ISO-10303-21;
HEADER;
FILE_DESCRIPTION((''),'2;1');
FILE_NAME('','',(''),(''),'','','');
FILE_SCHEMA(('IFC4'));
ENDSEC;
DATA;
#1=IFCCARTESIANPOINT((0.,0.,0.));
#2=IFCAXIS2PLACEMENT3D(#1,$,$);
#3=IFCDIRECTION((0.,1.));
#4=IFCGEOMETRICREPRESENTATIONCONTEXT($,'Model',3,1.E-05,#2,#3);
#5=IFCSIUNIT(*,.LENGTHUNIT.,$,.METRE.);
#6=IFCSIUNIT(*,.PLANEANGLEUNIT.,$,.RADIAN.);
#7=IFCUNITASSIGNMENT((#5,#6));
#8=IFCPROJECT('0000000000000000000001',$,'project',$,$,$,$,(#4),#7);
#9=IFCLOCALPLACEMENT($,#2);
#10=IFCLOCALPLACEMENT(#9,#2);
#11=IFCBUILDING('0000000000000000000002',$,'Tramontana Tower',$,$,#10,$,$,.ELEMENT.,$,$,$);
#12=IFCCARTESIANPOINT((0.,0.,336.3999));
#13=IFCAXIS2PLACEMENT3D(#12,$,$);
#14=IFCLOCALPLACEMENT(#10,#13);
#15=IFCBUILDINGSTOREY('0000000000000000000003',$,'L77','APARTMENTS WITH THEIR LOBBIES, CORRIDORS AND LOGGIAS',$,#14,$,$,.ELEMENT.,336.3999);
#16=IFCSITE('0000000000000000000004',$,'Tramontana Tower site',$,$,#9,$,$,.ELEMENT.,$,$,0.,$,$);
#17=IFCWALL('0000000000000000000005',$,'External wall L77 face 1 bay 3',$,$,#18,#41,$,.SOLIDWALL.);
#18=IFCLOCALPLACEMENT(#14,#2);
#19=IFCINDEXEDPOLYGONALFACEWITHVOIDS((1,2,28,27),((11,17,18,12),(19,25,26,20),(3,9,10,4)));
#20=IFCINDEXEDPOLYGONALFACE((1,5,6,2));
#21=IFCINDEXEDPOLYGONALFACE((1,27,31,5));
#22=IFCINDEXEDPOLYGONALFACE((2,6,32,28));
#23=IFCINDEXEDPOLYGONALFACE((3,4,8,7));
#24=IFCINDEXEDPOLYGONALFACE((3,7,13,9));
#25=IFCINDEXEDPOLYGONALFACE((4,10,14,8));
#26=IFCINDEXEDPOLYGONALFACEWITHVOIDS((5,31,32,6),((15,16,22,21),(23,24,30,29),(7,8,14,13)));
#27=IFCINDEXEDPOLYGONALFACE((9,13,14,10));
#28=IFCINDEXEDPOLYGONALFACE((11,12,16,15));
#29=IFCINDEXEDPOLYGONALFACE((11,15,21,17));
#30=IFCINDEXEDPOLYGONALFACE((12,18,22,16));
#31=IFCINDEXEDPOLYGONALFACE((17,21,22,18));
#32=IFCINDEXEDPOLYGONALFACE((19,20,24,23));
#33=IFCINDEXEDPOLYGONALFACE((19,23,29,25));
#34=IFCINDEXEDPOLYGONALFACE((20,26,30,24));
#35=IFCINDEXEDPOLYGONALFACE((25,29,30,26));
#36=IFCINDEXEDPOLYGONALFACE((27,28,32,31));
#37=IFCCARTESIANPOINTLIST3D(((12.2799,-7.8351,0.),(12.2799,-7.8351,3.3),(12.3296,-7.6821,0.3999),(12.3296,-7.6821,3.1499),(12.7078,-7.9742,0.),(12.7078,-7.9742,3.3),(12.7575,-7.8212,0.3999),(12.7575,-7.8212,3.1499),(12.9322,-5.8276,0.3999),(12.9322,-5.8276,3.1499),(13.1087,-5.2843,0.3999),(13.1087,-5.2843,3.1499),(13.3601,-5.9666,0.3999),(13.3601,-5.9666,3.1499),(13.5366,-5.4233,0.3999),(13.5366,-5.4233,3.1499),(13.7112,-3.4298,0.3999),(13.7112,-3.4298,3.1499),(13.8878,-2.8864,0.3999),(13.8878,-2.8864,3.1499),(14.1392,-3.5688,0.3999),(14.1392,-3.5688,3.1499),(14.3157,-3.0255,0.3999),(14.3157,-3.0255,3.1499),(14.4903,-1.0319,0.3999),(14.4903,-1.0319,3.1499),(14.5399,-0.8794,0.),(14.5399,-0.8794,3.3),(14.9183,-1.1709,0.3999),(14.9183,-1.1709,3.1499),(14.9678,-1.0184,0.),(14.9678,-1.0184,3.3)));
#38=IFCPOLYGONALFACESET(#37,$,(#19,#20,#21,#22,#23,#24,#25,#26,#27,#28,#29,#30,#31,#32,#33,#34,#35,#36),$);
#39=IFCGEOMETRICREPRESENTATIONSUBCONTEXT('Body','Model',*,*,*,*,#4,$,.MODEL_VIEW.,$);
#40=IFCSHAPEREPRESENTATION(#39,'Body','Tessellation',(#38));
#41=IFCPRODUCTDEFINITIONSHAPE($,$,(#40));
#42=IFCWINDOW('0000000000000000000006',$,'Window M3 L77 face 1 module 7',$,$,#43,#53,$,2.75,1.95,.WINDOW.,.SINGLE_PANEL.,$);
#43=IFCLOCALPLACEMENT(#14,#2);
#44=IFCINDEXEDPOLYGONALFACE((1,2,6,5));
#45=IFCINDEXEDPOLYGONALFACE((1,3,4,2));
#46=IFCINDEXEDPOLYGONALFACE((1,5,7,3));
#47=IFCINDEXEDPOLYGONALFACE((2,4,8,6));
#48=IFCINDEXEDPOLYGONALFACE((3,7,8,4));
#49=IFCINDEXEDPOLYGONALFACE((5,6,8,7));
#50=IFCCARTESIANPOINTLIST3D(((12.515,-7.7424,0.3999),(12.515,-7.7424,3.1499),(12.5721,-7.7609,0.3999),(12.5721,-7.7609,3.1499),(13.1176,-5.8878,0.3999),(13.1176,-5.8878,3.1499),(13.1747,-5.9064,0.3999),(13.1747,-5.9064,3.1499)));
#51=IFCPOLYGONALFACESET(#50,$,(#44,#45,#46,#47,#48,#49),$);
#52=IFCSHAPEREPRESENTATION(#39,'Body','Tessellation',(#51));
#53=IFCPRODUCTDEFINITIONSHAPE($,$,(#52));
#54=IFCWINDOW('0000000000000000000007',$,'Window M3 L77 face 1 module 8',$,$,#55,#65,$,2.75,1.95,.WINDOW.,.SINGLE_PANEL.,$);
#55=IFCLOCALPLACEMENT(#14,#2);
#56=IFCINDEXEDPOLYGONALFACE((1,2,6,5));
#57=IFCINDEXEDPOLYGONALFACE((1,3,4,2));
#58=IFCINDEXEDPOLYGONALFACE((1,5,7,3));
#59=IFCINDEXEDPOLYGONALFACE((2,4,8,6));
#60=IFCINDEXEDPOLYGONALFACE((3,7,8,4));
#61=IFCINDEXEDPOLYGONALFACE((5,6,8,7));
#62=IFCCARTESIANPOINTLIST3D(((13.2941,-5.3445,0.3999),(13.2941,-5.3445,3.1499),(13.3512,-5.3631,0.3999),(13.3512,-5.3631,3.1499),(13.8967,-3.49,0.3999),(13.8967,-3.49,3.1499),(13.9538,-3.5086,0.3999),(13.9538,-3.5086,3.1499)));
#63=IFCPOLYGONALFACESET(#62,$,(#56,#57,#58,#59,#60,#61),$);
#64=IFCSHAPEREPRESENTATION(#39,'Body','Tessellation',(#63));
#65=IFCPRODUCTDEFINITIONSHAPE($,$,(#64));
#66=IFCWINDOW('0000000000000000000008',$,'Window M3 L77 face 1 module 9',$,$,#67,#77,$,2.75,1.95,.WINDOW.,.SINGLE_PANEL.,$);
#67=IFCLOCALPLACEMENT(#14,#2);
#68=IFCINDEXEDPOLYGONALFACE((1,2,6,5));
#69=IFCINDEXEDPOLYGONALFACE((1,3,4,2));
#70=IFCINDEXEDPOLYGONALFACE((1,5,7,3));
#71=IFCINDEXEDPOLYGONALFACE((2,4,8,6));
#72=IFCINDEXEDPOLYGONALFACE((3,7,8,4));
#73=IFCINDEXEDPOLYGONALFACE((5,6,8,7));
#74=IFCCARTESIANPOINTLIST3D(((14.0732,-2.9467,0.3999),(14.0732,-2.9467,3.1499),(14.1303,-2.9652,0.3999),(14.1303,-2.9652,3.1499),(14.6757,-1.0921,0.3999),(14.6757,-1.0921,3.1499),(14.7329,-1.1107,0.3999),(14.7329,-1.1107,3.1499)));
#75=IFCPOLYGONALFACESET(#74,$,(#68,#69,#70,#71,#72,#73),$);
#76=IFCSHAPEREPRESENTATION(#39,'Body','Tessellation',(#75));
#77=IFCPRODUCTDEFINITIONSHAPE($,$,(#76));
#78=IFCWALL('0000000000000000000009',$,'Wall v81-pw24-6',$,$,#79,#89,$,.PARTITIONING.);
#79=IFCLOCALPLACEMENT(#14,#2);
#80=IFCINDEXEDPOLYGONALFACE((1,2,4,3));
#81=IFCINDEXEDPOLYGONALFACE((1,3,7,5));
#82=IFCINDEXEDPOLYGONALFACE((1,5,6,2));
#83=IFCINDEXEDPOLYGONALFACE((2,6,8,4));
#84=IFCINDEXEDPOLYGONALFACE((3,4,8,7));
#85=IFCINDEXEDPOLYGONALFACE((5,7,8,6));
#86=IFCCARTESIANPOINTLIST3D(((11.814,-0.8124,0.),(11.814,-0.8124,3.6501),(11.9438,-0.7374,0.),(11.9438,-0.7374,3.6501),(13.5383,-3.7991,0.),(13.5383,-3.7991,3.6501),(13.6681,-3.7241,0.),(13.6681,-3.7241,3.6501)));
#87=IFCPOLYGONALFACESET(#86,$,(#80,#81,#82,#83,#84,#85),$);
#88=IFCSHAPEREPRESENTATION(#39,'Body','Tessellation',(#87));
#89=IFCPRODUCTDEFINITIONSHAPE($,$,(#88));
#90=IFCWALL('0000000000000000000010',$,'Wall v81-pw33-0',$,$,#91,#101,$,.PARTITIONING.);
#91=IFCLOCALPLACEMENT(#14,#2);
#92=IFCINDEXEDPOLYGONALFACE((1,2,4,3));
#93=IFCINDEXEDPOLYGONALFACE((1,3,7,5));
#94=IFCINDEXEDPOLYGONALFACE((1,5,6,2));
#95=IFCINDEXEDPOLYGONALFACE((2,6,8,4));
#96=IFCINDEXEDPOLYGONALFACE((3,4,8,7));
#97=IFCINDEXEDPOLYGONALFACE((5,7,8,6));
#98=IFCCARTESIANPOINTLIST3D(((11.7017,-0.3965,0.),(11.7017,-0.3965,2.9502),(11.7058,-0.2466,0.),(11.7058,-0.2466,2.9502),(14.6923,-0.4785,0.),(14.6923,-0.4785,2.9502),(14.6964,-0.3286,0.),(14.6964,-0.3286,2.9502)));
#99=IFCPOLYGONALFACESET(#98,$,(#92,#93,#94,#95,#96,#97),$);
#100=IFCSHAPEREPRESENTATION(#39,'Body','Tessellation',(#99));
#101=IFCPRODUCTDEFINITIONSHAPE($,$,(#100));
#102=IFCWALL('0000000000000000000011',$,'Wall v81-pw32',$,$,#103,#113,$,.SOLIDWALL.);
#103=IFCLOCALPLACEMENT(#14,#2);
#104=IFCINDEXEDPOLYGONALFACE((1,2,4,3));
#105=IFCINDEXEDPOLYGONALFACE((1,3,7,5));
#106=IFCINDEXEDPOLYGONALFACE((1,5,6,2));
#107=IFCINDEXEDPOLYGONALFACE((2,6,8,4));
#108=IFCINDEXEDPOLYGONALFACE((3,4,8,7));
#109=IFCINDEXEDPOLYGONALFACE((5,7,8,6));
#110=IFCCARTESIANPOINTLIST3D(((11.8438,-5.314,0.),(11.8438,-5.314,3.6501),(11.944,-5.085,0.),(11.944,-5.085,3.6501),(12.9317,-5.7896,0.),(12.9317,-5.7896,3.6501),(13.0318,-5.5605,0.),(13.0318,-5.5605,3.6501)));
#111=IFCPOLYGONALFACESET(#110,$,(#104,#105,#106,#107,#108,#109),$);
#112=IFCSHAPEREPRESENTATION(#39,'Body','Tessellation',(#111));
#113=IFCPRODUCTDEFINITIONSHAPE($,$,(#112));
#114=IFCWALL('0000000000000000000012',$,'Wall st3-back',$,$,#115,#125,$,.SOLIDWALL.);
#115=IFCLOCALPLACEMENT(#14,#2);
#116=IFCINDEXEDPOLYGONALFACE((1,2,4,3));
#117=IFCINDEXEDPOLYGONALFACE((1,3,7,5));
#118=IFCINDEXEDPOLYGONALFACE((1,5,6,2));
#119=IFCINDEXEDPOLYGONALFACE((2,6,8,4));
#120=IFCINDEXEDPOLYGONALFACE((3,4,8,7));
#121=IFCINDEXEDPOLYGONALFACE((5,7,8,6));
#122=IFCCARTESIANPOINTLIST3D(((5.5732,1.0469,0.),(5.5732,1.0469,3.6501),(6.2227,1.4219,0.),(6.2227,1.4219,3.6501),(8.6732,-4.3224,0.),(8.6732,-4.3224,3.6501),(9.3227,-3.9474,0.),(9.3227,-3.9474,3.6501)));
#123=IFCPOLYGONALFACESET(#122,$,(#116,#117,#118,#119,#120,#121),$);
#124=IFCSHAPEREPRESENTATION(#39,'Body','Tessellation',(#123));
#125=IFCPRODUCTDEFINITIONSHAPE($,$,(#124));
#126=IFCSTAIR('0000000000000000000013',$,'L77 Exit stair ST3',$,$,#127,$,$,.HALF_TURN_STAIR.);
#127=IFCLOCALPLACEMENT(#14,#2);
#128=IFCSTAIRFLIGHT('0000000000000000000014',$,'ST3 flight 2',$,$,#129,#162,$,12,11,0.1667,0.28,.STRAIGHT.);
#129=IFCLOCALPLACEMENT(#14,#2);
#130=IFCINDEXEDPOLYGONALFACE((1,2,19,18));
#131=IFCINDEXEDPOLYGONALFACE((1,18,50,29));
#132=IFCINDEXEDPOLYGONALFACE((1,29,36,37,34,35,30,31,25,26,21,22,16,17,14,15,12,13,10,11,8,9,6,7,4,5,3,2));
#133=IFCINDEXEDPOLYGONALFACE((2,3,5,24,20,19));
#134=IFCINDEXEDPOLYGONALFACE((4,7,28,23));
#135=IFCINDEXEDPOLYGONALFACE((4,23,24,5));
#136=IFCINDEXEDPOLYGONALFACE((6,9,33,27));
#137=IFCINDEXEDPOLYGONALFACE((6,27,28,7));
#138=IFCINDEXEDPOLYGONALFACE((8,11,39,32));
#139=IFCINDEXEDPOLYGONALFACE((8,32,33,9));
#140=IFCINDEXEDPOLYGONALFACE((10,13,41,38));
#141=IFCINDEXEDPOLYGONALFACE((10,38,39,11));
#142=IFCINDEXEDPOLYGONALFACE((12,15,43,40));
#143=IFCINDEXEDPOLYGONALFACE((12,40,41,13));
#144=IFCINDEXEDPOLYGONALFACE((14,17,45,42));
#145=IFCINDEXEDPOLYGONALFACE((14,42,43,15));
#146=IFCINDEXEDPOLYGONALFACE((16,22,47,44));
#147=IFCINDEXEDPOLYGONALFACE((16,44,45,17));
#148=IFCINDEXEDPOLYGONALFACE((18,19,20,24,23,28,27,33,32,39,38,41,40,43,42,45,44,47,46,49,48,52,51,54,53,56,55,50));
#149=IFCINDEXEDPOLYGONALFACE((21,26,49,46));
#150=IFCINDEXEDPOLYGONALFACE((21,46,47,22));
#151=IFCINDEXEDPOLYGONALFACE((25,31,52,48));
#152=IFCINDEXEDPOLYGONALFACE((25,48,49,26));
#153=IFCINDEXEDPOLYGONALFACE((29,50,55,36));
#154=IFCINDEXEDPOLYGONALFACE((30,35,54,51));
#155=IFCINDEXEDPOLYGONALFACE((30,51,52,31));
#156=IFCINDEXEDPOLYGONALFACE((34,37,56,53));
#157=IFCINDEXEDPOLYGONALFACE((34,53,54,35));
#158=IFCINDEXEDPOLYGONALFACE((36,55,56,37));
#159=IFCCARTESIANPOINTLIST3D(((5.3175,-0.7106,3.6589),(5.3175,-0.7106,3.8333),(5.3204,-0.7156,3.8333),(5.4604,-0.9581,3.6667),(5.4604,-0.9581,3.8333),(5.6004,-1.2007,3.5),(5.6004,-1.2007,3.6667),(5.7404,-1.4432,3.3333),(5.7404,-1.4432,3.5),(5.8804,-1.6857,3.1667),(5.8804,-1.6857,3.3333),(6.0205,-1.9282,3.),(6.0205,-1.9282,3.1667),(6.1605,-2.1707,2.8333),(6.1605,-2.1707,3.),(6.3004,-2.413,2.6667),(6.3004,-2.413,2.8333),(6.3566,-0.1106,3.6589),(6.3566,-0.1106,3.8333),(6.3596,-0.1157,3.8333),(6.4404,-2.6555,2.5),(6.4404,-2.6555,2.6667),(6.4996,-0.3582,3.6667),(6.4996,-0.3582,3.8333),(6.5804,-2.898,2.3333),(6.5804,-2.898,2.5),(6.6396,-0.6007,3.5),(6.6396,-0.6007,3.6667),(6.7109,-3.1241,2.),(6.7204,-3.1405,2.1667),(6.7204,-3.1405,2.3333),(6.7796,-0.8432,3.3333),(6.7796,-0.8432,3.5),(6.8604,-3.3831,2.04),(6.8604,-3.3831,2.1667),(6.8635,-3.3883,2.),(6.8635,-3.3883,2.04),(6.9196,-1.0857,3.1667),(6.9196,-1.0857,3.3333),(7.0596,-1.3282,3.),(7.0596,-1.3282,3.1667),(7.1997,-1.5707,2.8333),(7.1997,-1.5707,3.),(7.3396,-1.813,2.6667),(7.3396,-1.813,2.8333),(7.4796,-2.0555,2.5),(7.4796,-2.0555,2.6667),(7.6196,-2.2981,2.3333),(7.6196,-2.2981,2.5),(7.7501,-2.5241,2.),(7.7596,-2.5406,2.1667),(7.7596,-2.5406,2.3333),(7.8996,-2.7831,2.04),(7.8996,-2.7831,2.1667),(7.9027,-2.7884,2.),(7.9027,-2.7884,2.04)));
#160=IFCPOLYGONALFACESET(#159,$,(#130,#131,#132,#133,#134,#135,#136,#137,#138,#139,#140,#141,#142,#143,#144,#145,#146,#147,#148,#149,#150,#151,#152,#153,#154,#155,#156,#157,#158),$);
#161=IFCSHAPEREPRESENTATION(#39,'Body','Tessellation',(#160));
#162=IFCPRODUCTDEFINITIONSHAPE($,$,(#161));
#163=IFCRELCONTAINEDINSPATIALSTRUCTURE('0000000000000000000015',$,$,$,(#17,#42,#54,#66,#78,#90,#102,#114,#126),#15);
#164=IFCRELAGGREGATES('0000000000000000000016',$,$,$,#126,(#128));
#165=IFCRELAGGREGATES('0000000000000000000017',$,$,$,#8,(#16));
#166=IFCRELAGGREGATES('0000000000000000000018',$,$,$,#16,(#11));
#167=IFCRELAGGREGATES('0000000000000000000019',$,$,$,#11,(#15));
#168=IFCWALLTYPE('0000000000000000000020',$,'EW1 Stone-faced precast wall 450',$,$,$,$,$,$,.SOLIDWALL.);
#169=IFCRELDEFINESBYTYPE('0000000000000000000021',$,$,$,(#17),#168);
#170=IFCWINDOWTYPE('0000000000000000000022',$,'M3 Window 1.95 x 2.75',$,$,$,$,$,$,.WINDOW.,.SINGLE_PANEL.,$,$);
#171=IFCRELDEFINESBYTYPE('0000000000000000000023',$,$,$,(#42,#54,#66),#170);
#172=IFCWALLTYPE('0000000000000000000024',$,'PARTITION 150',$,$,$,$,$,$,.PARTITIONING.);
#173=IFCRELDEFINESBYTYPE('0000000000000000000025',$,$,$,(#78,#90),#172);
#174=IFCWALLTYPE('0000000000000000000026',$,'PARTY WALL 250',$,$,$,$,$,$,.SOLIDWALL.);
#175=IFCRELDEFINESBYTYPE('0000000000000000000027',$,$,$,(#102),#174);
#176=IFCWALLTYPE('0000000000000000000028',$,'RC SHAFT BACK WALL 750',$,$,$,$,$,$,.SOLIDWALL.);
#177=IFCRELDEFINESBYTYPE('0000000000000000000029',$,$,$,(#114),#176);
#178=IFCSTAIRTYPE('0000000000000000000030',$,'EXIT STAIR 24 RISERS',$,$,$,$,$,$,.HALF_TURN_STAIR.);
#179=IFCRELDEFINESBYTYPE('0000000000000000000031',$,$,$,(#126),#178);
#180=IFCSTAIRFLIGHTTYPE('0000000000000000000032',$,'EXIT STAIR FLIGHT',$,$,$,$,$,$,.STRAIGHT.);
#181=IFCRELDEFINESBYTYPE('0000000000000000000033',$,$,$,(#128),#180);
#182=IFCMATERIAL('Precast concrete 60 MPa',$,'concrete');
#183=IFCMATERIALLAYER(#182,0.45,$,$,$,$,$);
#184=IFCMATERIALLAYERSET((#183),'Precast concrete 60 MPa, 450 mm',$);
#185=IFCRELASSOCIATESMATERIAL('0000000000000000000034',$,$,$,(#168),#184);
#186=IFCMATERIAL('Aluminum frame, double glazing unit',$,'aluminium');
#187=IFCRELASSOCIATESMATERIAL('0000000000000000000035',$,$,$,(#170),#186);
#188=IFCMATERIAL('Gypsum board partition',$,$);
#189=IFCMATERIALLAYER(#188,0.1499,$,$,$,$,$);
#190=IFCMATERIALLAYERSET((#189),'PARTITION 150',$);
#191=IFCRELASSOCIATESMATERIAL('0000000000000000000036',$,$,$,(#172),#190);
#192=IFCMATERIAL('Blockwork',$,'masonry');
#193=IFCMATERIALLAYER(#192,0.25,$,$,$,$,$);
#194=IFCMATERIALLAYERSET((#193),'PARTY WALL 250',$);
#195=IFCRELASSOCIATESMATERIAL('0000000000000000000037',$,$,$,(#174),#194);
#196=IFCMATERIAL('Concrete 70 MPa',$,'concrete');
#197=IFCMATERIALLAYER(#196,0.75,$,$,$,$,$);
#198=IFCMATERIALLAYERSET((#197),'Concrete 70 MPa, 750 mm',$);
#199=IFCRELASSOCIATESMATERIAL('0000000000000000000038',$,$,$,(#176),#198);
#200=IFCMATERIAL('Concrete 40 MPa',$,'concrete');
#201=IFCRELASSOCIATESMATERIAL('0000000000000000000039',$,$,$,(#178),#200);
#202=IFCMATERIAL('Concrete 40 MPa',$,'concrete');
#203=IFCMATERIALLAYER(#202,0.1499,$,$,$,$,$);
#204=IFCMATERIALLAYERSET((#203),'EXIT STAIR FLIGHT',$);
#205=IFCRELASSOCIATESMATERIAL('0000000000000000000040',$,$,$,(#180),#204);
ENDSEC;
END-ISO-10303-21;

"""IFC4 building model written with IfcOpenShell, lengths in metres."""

from ifc_helpers import new_model, si_unit, direction, frame, frame_2d, origin, place, context, subcontext, project, spatial, polyline, rectangle, outline, extrude, material, layer, layer_set, type_object, element, fill, aggregate, save


model = new_model("IFC4")

# Units and contexts
model_context = context("Model", 3, precision=1e-05, world=origin(), true_north=direction((0.0, 1.0)))
body_context = subcontext(model_context, "Body", "Model", "MODEL_VIEW")
ifc_project = project(units=[si_unit("LENGTHUNIT", "METRE"), si_unit("PLANEANGLEUNIT", "RADIAN")], contexts=[model_context])

# Site, building, storey
site_placement = place(None, origin())
site = spatial("IfcSite", under=ifc_project, at=site_placement, Name="Tramontana Tower site", CompositionType="ELEMENT", RefElevation=0.0)
building_placement = place(site_placement, origin())
building = spatial("IfcBuilding", under=site, at=building_placement, Name="Tramontana Tower", CompositionType="ELEMENT")
storey_placement = place(building_placement, frame((0.0, 0.0, 336.3999)))
storey = spatial("IfcBuildingStorey", under=building, at=storey_placement, Name="L77", Description="APARTMENTS WITH THEIR LOBBIES, CORRIDORS AND LOGGIAS", CompositionType="ELEMENT", Elevation=336.3999)

# Wall, openings, windows
ifc_material_1 = material(Name="Precast concrete 60 MPa", Category="concrete")
ifc_layer_1 = layer(ifc_material_1, 0.45)
ifc_layer_set_1 = layer_set([ifc_layer_1], Name="Precast concrete 60 MPa, 450 mm")
wall_type_1 = type_object("IfcWallType", Name="EW1 Stone-faced precast wall 450", PredefinedType="SOLIDWALL", material=ifc_layer_set_1)
wall_1_placement = place(storey_placement, frame((12.4939, -7.9045, 0.0), z_axis=(0.0, 0.0, 1.0), x_axis=(0.309008, 0.951059, 0.0)))
wall_1 = element("IfcWall", 1, at=wall_1_placement, inside=storey, type_object=wall_type_1, Name="External wall L77 face 1 bay 3", PredefinedType="SOLIDWALL", context=body_context, shape_type="SweptSolid", body=[
    extrude(rectangle(XDim=7.3137, YDim=0.45, at=frame_2d((3.6567, 0.0))), origin(), (0.0, 0.0, 1.0), 3.3),
])
opening_1_placement = place(wall_1_placement, frame((0.1606, 0.0, 0.3999)))
opening_1 = element("IfcOpeningElement", 2, at=opening_1_placement, cuts=wall_1, PredefinedType="OPENING", context=body_context, shape_type="SweptSolid", body=[
    extrude(rectangle(XDim=1.95, YDim=2.75, at=frame_2d((0.9751, 1.375))), frame((0.0, 0.2349, 0.0), z_axis=(0.0, -1.0, 0.0), x_axis=(1.0, 0.0, 0.0)), (0.0, 0.0, 1.0), 0.47),
])
opening_2_placement = place(wall_1_placement, frame((2.6819, 0.0, 0.3999)))
opening_2 = element("IfcOpeningElement", 3, at=opening_2_placement, cuts=wall_1, PredefinedType="OPENING", context=body_context, shape_type="SweptSolid", body=[
    extrude(rectangle(XDim=1.95, YDim=2.75, at=frame_2d((0.9751, 1.375))), frame((0.0, 0.2349, 0.0), z_axis=(0.0, -1.0, 0.0), x_axis=(1.0, 0.0, 0.0)), (0.0, 0.0, 1.0), 0.47),
])
opening_3_placement = place(wall_1_placement, frame((5.2031, 0.0, 0.3999)))
opening_3 = element("IfcOpeningElement", 4, at=opening_3_placement, cuts=wall_1, PredefinedType="OPENING", context=body_context, shape_type="SweptSolid", body=[
    extrude(rectangle(XDim=1.95, YDim=2.75, at=frame_2d((0.9751, 1.375))), frame((0.0, 0.2349, 0.0), z_axis=(0.0, -1.0, 0.0), x_axis=(1.0, 0.0, 0.0)), (0.0, 0.0, 1.0), 0.47),
])
ifc_material_2 = material(Name="Aluminum frame, double glazing unit", Category="aluminium")
window_type = type_object("IfcWindowType", Name="M3 Window 1.95 x 2.75", PartitioningType="SINGLE_PANEL", PredefinedType="WINDOW", material=ifc_material_2)
window_1_placement = place(opening_1_placement, origin())
window_1 = element("IfcWindow", 5, at=window_1_placement, inside=storey, type_object=window_type, Name="Window M3 L77 face 1 module 7", OverallHeight=2.75, OverallWidth=1.95, PartitioningType="SINGLE_PANEL", PredefinedType="WINDOW", context=body_context, shape_type="SweptSolid", body=[
    extrude(rectangle(XDim=1.95, YDim=2.75, at=frame_2d((0.9751, 1.375))), frame((0.0, 0.03, 0.0), z_axis=(0.0, -1.0, 0.0), x_axis=(1.0, 0.0, 0.0)), (0.0, 0.0, 1.0), 0.0601),
])
fill(opening_1, window_1)
window_2_placement = place(opening_2_placement, origin())
window_2 = element("IfcWindow", 6, at=window_2_placement, inside=storey, type_object=window_type, Name="Window M3 L77 face 1 module 8", OverallHeight=2.75, OverallWidth=1.95, PartitioningType="SINGLE_PANEL", PredefinedType="WINDOW", context=body_context, shape_type="SweptSolid", body=[
    extrude(rectangle(XDim=1.95, YDim=2.75, at=frame_2d((0.9751, 1.375))), frame((0.0, 0.03, 0.0), z_axis=(0.0, -1.0, 0.0), x_axis=(1.0, 0.0, 0.0)), (0.0, 0.0, 1.0), 0.0601),
])
fill(opening_2, window_2)
window_3_placement = place(opening_3_placement, origin())
window_3 = element("IfcWindow", 7, at=window_3_placement, inside=storey, type_object=window_type, Name="Window M3 L77 face 1 module 9", OverallHeight=2.75, OverallWidth=1.95, PartitioningType="SINGLE_PANEL", PredefinedType="WINDOW", context=body_context, shape_type="SweptSolid", body=[
    extrude(rectangle(XDim=1.95, YDim=2.75, at=frame_2d((0.9751, 1.375))), frame((0.0, 0.03, 0.0), z_axis=(0.0, -1.0, 0.0), x_axis=(1.0, 0.0, 0.0)), (0.0, 0.0, 1.0), 0.0601),
])
fill(opening_3, window_3)

# Walls
ifc_material_3 = material(Name="Gypsum board partition")
ifc_layer_2 = layer(ifc_material_3, 0.1499)
ifc_layer_set_2 = layer_set([ifc_layer_2], Name="PARTITION 150")
wall_type_2 = type_object("IfcWallType", Name="PARTITION 150", PredefinedType="PARTITIONING", material=ifc_layer_set_2)
wall_2_placement = place(storey_placement, frame((11.8789, -0.7749, 0.0), z_axis=(0.0, 0.0, 1.0), x_axis=(0.499984, -0.866035, 0.0)))
element("IfcWall", 8, at=wall_2_placement, inside=storey, type_object=wall_type_2, Name="Wall v81-pw24-6", PredefinedType="PARTITIONING", context=body_context, shape_type="SweptSolid", body=[
    extrude(rectangle(XDim=3.4487, YDim=0.1499, at=frame_2d((1.7244, 0.0))), origin(), (0.0, 0.0, 1.0), 3.6501),
])
wall_3_placement = place(storey_placement, frame((14.6943, -0.4036, 0.0), z_axis=(0.0, 0.0, 1.0), x_axis=(-0.999624, 0.02742, 0.0)))
element("IfcWall", 9, at=wall_3_placement, inside=storey, type_object=wall_type_2, Name="Wall v81-pw33-0", PredefinedType="PARTITIONING", context=body_context, shape_type="SweptSolid", body=[
    extrude(rectangle(XDim=2.9917, YDim=0.1499, at=frame_2d((1.4958, 0.0))), origin(), (0.0, 0.0, 1.0), 2.9502),
])
ifc_material_4 = material(Name="Blockwork", Category="masonry")
ifc_layer_3 = layer(ifc_material_4, 0.25)
ifc_layer_set_3 = layer_set([ifc_layer_3], Name="PARTY WALL 250")
wall_type_3 = type_object("IfcWallType", Name="PARTY WALL 250", PredefinedType="SOLIDWALL", material=ifc_layer_set_3)
wall_4_placement = place(storey_placement, frame((11.8938, -5.1995, 0.0), z_axis=(0.0, 0.0, 1.0), x_axis=(0.916271, -0.40056, 0.0)))
element("IfcWall", 10, at=wall_4_placement, inside=storey, type_object=wall_type_3, Name="Wall v81-pw32", PredefinedType="SOLIDWALL", context=body_context, shape_type="SweptSolid", body=[
    extrude(rectangle(XDim=1.1873, YDim=0.25, at=frame_2d((0.5938, 0.0))), origin(), (0.0, 0.0, 1.0), 3.6501),
])
ifc_material_5 = material(Name="Concrete 70 MPa", Category="concrete")
ifc_layer_4 = layer(ifc_material_5, 0.75)
ifc_layer_set_4 = layer_set([ifc_layer_4], Name="Concrete 70 MPa, 750 mm")
wall_type_4 = type_object("IfcWallType", Name="RC SHAFT BACK WALL 750", PredefinedType="SOLIDWALL", material=ifc_layer_set_4)
wall_5_placement = place(storey_placement, frame((8.998, -4.135, 0.0), z_axis=(0.0, 0.0, 1.0), x_axis=(-0.50001, 0.86602, 0.0)))
element("IfcWall", 11, at=wall_5_placement, inside=storey, type_object=wall_type_4, Name="Wall st3-back", PredefinedType="SOLIDWALL", context=body_context, shape_type="SweptSolid", body=[
    extrude(rectangle(XDim=6.2, YDim=0.75, at=frame_2d((3.1001, 0.0))), origin(), (0.0, 0.0, 1.0), 3.6501),
])

# Stair, stair flight
ifc_material_6 = material(Name="Concrete 40 MPa", Category="concrete")
stair_type = type_object("IfcStairType", Name="EXIT STAIR 24 RISERS", PredefinedType="HALF_TURN_STAIR", material=ifc_material_6)
stair_placement = place(storey_placement, origin())
stair = element("IfcStair", 12, at=stair_placement, inside=storey, type_object=stair_type, Name="L77 Exit stair ST3", PredefinedType="HALF_TURN_STAIR")
ifc_material_7 = material(Name="Concrete 40 MPa", Category="concrete")
ifc_layer_5 = layer(ifc_material_7, 0.1499)
ifc_layer_set_5 = layer_set([ifc_layer_5], Name="EXIT STAIR FLIGHT")
stair_flight_type = type_object("IfcStairFlightType", Name="EXIT STAIR FLIGHT", PredefinedType="STRAIGHT", material=ifc_layer_set_5)
stair_flight_placement = place(storey_placement, frame((7.3801, -3.083, 2.0), z_axis=(0.0, 0.0, 1.0), x_axis=(-0.5, 0.866025, 0.0)))
stair_flight = element("IfcStairFlight", 13, at=stair_flight_placement, type_object=stair_flight_type, Name="ST3 flight 2", NumberOfRisers=12, NumberOfTreads=11, PredefinedType="STRAIGHT", RiserHeight=0.1667, TreadLength=0.28, context=body_context, shape_type="SweptSolid", body=[
    extrude(outline(polyline([(-0.0061, 0.0), (-0.0061, 0.04), (0.0, 0.04), (0.0, 0.1667), (0.28, 0.1667), (0.28, 0.3333), (0.5601, 0.3333), (0.5601, 0.5), (0.8401, 0.5), (0.8401, 0.6667), (1.1201, 0.6667), (1.1201, 0.8333), (1.3999, 0.8333), (1.3999, 1.0), (1.6799, 1.0), (1.6799, 1.1667), (1.96, 1.1667), (1.96, 1.3333), (2.24, 1.3333), (2.24, 1.5), (2.52, 1.5), (2.52, 1.6667), (2.8, 1.6667), (2.8, 1.8333), (3.0801, 1.8333), (3.0859, 1.8333), (3.0859, 1.6589), (0.2991, 0.0), (-0.0061, 0.0)])), frame((0.0, 0.6001, 0.0), z_axis=(0.0, -1.0, 0.0), x_axis=(1.0, 0.0, 0.0)), (0.0, 0.0, 1.0), 1.2),
])
aggregate(stair, [stair_flight])

save(model, "model.ifc")
